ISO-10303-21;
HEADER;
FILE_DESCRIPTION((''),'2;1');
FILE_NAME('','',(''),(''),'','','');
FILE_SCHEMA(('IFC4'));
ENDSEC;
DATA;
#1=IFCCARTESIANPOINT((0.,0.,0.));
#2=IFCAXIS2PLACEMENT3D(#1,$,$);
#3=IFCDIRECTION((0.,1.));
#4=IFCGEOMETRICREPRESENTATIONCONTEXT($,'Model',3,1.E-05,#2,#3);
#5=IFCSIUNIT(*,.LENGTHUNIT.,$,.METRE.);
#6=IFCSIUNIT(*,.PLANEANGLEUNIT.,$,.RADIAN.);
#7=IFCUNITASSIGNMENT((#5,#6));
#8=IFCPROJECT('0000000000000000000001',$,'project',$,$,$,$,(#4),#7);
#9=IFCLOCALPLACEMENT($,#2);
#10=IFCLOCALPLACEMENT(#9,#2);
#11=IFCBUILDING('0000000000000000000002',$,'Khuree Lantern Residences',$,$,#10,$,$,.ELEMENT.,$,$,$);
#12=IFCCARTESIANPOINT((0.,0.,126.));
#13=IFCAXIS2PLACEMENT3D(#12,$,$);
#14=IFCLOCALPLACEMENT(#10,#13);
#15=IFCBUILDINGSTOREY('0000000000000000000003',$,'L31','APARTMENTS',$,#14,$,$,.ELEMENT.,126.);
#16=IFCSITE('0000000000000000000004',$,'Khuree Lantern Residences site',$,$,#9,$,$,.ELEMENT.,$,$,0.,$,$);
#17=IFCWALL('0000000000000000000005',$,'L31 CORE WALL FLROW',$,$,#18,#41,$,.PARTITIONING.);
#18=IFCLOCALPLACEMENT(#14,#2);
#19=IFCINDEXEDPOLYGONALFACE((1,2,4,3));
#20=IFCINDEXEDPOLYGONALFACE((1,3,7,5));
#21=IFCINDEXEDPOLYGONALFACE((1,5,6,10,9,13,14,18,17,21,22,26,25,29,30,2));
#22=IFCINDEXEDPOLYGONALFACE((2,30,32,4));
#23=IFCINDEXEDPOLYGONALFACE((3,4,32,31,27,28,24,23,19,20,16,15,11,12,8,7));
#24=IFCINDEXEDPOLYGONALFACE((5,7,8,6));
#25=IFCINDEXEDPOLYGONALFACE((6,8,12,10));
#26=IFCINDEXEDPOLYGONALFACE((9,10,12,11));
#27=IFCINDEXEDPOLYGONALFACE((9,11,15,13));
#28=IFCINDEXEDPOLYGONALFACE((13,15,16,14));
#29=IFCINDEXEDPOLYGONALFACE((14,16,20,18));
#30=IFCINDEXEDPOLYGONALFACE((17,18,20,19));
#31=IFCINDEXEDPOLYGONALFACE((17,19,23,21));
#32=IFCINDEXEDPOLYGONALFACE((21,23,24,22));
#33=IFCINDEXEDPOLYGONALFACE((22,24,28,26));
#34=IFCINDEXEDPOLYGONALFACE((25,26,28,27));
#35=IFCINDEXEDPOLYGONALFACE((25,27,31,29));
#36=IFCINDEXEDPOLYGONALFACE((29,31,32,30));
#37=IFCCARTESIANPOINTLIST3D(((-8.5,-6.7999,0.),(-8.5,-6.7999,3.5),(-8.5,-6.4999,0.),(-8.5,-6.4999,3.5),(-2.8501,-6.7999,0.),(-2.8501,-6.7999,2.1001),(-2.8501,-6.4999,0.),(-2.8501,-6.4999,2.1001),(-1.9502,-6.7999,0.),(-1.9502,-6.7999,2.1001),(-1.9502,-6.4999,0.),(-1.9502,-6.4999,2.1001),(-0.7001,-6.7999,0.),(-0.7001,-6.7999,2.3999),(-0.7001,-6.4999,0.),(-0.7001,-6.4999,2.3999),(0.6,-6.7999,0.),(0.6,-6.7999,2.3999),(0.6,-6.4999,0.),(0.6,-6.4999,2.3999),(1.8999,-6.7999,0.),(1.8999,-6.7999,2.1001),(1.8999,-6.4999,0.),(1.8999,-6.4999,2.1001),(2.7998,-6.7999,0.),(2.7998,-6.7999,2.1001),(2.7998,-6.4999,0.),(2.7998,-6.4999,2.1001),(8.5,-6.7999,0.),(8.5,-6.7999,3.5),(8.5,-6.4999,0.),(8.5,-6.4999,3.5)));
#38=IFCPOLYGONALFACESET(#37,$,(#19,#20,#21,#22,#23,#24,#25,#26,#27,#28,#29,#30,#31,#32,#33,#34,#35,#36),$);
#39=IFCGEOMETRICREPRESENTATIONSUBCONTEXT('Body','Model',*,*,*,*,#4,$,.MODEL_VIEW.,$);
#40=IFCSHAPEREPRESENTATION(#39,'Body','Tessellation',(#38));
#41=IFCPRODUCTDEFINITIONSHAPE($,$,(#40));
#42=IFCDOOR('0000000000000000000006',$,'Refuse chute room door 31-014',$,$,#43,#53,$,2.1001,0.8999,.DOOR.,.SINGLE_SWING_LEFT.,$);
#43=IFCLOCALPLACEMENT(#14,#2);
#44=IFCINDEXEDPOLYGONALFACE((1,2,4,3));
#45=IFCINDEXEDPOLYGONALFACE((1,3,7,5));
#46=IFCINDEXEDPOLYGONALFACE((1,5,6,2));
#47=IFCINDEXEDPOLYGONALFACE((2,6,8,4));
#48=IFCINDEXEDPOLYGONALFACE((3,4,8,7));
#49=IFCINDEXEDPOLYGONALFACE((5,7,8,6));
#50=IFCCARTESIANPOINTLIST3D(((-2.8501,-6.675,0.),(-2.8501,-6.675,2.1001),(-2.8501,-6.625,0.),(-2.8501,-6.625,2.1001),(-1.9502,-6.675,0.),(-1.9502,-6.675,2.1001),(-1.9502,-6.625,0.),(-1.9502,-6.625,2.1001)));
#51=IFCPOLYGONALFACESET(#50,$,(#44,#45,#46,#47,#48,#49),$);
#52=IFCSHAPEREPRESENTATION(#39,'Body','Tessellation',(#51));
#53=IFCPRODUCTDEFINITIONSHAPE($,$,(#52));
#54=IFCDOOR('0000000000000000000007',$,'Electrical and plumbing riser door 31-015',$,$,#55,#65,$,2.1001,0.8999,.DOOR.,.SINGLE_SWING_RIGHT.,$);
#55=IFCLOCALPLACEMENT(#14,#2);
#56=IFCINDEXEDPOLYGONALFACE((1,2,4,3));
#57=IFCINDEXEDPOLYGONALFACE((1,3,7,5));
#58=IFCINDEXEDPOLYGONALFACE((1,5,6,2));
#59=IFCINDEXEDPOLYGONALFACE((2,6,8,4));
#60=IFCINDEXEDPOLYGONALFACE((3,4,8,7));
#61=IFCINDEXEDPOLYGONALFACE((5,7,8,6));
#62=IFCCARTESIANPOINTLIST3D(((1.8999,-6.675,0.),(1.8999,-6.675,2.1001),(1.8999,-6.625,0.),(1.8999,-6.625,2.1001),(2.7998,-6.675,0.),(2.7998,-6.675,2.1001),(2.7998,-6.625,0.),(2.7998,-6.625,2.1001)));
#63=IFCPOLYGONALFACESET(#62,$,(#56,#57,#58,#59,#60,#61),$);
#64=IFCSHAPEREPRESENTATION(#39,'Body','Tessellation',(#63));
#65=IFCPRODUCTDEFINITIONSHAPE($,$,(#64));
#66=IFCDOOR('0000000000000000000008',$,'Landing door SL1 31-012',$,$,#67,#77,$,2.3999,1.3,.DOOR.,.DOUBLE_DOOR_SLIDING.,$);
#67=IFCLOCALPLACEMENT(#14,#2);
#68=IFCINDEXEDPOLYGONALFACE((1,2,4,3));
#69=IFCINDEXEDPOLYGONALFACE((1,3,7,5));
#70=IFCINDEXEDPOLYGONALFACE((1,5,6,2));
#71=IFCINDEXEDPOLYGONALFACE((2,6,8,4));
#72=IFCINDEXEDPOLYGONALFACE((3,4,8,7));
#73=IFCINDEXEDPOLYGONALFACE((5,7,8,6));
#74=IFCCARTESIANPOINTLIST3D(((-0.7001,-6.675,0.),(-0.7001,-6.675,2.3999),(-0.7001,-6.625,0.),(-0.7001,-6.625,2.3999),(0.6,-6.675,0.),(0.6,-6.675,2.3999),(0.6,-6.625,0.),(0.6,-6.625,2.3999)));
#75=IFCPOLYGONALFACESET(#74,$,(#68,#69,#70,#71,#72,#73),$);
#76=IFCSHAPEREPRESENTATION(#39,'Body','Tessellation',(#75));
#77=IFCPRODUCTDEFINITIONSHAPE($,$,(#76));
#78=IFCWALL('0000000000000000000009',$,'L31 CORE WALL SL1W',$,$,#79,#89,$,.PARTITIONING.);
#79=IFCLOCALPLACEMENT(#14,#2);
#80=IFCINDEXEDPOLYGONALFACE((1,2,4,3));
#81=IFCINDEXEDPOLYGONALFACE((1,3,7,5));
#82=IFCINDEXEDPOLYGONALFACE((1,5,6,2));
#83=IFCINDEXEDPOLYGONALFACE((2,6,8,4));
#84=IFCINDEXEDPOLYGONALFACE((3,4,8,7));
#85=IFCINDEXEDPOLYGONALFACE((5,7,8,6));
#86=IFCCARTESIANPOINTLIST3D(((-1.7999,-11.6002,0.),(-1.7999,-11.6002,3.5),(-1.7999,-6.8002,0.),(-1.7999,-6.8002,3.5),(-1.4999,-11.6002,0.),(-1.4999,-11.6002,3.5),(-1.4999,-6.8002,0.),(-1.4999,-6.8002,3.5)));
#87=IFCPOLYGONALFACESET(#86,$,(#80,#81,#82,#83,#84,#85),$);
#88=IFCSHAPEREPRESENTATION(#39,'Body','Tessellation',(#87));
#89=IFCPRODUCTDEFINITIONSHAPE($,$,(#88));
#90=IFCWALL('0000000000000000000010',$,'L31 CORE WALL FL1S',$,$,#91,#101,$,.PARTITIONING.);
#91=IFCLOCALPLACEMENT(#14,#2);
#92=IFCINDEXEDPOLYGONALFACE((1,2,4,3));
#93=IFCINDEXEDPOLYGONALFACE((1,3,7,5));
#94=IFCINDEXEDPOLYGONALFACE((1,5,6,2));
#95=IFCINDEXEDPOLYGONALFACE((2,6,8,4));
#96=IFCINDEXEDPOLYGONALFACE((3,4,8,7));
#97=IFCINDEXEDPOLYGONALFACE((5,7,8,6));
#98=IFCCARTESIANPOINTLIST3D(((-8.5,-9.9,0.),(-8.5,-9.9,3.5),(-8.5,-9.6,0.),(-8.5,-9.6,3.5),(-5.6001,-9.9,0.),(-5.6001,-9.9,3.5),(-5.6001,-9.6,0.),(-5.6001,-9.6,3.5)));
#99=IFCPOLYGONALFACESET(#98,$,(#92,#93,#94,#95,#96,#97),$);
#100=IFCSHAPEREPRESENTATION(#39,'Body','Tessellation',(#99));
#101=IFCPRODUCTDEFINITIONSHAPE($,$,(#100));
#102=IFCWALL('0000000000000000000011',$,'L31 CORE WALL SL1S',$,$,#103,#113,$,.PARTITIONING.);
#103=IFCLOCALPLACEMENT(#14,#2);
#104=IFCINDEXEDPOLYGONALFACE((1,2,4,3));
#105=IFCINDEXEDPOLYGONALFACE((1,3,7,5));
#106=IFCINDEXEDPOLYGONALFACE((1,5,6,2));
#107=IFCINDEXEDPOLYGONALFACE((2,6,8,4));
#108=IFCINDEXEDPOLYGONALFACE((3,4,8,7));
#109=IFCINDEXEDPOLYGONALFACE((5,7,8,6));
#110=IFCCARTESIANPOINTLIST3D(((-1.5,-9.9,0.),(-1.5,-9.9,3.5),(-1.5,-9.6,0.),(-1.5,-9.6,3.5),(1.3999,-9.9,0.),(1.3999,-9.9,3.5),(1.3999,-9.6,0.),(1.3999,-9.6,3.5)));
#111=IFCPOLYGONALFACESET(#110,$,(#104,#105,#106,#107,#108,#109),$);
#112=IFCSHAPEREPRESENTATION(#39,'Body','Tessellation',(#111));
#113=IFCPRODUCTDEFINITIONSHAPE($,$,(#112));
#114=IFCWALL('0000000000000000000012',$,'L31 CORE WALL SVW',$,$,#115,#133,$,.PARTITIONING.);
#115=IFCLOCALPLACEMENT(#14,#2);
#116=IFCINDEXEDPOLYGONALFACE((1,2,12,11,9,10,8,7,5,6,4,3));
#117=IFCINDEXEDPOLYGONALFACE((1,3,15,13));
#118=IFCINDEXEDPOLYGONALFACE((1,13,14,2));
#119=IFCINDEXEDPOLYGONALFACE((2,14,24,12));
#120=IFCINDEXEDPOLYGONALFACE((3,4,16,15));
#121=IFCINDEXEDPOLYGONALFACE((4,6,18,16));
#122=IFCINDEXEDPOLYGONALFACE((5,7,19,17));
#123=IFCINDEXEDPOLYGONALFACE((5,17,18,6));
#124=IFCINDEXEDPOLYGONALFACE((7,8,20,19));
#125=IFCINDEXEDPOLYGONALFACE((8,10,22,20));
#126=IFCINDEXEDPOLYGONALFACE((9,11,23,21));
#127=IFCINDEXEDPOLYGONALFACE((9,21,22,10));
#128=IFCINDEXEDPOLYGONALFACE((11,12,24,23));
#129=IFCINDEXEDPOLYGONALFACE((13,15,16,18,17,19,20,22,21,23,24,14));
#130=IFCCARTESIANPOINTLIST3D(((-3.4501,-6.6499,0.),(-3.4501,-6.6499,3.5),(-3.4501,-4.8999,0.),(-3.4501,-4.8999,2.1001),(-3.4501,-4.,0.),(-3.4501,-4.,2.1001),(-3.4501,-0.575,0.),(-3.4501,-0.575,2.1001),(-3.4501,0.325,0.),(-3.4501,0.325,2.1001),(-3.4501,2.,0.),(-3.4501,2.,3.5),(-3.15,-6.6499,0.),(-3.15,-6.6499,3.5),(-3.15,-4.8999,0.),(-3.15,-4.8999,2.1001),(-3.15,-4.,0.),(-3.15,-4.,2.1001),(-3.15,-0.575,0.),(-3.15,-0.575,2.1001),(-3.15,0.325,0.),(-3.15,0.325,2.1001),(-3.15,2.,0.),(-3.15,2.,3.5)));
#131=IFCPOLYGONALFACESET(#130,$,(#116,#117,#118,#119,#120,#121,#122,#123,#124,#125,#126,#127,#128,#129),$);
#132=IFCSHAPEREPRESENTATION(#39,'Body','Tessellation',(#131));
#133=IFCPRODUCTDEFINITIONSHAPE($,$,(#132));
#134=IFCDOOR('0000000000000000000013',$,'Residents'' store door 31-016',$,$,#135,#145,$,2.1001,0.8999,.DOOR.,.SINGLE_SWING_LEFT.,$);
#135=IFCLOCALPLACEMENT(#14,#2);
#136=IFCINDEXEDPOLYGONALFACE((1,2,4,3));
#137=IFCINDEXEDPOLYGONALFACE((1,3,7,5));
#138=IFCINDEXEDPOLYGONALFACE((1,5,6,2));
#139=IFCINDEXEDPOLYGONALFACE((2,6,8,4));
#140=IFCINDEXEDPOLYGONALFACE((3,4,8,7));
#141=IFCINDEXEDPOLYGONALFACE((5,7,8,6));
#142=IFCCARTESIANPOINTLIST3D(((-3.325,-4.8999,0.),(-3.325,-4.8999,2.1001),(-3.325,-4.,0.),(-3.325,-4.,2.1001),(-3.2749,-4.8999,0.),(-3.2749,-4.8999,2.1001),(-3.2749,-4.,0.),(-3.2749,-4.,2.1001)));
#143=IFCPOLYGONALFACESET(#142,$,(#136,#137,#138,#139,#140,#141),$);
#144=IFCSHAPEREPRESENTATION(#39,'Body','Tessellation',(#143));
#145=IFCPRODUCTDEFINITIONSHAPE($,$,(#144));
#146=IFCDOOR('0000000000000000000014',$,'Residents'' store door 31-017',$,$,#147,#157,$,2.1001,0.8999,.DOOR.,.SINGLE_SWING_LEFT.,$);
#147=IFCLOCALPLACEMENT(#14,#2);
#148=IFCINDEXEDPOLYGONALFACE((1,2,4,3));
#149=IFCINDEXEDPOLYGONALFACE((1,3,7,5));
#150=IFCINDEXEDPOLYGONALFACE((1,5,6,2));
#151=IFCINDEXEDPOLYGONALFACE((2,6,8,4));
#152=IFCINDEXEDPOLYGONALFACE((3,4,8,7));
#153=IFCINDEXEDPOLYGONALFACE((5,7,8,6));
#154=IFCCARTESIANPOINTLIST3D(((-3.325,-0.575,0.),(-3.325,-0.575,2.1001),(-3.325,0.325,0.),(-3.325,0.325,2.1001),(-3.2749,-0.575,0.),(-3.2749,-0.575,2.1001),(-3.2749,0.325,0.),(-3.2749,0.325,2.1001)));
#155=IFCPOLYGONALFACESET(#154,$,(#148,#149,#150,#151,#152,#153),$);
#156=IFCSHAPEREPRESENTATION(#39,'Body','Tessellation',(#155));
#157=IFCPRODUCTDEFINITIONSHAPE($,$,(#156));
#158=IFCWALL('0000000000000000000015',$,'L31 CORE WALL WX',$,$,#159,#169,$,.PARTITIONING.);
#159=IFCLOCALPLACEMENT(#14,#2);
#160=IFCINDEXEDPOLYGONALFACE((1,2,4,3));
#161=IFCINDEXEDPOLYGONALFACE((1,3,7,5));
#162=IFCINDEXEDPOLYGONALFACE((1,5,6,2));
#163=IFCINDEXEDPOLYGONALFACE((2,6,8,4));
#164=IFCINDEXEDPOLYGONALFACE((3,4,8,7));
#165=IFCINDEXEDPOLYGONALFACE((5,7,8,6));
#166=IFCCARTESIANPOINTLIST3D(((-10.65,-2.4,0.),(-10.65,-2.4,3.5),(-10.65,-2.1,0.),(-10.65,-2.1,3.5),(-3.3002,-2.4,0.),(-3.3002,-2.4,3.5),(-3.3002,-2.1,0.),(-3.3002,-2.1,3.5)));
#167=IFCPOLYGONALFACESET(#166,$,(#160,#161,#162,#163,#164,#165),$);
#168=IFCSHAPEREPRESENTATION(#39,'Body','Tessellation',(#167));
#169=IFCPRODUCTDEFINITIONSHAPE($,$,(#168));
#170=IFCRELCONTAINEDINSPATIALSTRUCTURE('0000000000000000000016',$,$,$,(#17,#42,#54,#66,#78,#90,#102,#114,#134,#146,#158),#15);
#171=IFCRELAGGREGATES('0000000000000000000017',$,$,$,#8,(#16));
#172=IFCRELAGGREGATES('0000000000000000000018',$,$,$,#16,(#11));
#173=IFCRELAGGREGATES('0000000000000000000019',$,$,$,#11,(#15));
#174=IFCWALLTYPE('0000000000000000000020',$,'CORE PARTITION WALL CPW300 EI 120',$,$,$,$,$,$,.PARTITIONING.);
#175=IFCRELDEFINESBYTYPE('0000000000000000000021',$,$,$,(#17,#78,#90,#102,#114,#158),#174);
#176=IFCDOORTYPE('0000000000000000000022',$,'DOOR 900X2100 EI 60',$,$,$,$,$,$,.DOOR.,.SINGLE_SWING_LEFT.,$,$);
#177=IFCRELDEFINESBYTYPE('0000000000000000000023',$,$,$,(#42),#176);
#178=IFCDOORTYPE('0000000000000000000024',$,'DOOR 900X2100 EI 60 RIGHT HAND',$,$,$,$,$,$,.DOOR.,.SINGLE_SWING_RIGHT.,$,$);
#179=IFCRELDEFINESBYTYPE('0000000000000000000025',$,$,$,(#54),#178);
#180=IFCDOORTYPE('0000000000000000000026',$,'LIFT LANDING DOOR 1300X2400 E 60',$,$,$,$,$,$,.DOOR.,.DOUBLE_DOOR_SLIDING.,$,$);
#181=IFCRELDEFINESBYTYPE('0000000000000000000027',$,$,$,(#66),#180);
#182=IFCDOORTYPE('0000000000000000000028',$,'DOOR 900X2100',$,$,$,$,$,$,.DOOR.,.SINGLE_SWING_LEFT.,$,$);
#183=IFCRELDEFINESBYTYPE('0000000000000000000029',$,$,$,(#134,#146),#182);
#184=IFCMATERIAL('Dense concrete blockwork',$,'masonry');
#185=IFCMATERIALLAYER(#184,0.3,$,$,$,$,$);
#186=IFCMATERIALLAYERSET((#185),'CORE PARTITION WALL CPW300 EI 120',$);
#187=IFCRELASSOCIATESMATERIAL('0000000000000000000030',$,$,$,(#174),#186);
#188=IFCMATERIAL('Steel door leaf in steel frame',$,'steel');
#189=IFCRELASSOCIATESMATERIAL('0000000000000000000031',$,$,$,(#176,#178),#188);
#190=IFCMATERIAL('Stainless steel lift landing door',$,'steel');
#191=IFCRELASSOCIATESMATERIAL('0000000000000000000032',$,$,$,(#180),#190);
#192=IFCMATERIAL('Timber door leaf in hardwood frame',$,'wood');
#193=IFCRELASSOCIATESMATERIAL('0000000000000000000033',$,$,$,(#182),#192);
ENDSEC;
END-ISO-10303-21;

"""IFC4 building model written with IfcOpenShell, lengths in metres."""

from ifc_helpers import new_model, si_unit, direction, frame, frame_2d, origin, place, context, subcontext, project, spatial, rectangle, extrude, material, layer, layer_set, type_object, element, fill, save


model = new_model("IFC4")

# Units and contexts
model_context = context("Model", 3, precision=1e-05, world=origin(), true_north=direction((0.0, 1.0)))
body_context = subcontext(model_context, "Body", "Model", "MODEL_VIEW")
ifc_project = project(units=[si_unit("LENGTHUNIT", "METRE"), si_unit("PLANEANGLEUNIT", "RADIAN")], contexts=[model_context])

# Site, building, storey
site_placement = place(None, origin())
site = spatial("IfcSite", under=ifc_project, at=site_placement, Name="Khuree Lantern Residences site", CompositionType="ELEMENT", RefElevation=0.0)
building_placement = place(site_placement, origin())
building = spatial("IfcBuilding", under=site, at=building_placement, Name="Khuree Lantern Residences", CompositionType="ELEMENT")
storey_placement = place(building_placement, frame((0.0, 0.0, 126.0)))
storey = spatial("IfcBuildingStorey", under=building, at=storey_placement, Name="L31", Description="APARTMENTS", CompositionType="ELEMENT", Elevation=126.0)

# Wall, openings, doors
ifc_material_1 = material(Name="Dense concrete blockwork", Category="masonry")
ifc_layer_1 = layer(ifc_material_1, 0.3)
ifc_layer_set_1 = layer_set([ifc_layer_1], Name="CORE PARTITION WALL CPW300 EI 120")
wall_type_1 = type_object("IfcWallType", Name="CORE PARTITION WALL CPW300 EI 120", PredefinedType="PARTITIONING", material=ifc_layer_set_1)
wall_1_placement = place(storey_placement, frame((-8.5, -6.6499, 0.0), z_axis=(0.0, 0.0, 1.0), x_axis=(1.0, 0.0, 0.0)))
wall_1 = element("IfcWall", 1, at=wall_1_placement, inside=storey, type_object=wall_type_1, Name="L31 CORE WALL FLROW", PredefinedType="PARTITIONING", context=body_context, shape_type="SweptSolid", body=[
    extrude(rectangle(XDim=17.0, YDim=0.3, at=frame_2d((8.5, 0.0))), origin(), (0.0, 0.0, 1.0), 3.5),
])
opening_1_placement = place(wall_1_placement, frame((7.8, 0.0, 0.0)))
opening_1 = element("IfcOpeningElement", 2, at=opening_1_placement, cuts=wall_1, PredefinedType="OPENING", context=body_context, shape_type="SweptSolid", body=[
    extrude(rectangle(XDim=1.3, YDim=2.3999, at=frame_2d((0.6499, 1.2))), frame((0.0, 0.1602, 0.0), z_axis=(0.0, -1.0, 0.0), x_axis=(1.0, 0.0, 0.0)), (0.0, 0.0, 1.0), 0.3201),
])
opening_2_placement = place(wall_1_placement, frame((5.6499, 0.0, 0.0)))
opening_2 = element("IfcOpeningElement", 3, at=opening_2_placement, cuts=wall_1, PredefinedType="OPENING", context=body_context, shape_type="SweptSolid", body=[
    extrude(rectangle(XDim=0.8999, YDim=2.1001, at=frame_2d((0.45, 1.05))), frame((0.0, 0.1602, 0.0), z_axis=(0.0, -1.0, 0.0), x_axis=(1.0, 0.0, 0.0)), (0.0, 0.0, 1.0), 0.3201),
])
opening_3_placement = place(wall_1_placement, frame((10.3999, 0.0, 0.0)))
opening_3 = element("IfcOpeningElement", 4, at=opening_3_placement, cuts=wall_1, PredefinedType="OPENING", context=body_context, shape_type="SweptSolid", body=[
    extrude(rectangle(XDim=0.8999, YDim=2.1001, at=frame_2d((0.45, 1.05))), frame((0.0, 0.1602, 0.0), z_axis=(0.0, -1.0, 0.0), x_axis=(1.0, 0.0, 0.0)), (0.0, 0.0, 1.0), 0.3201),
])
ifc_material_2 = material(Name="Steel door leaf in steel frame", Category="steel")
door_type_1 = type_object("IfcDoorType", Name="DOOR 900X2100 EI 60", OperationType="SINGLE_SWING_LEFT", PredefinedType="DOOR", material=ifc_material_2)
door_1_placement = place(opening_2_placement, origin())
door_1 = element("IfcDoor", 5, at=door_1_placement, inside=storey, type_object=door_type_1, Name="Refuse chute room door 31-014", OperationType="SINGLE_SWING_LEFT", OverallHeight=2.1001, OverallWidth=0.8999, PredefinedType="DOOR", context=body_context, shape_type="SweptSolid", body=[
    extrude(rectangle(XDim=0.8999, YDim=2.1001, at=frame_2d((0.45, 1.05))), frame((0.0, 0.0249, 0.0), z_axis=(0.0, -1.0, 0.0), x_axis=(1.0, 0.0, 0.0)), (0.0, 0.0, 1.0), 0.05),
])
fill(opening_2, door_1)
door_type_2 = type_object("IfcDoorType", Name="DOOR 900X2100 EI 60 RIGHT HAND", OperationType="SINGLE_SWING_RIGHT", PredefinedType="DOOR", material=ifc_material_2)
door_2_placement = place(opening_3_placement, origin())
door_2 = element("IfcDoor", 6, at=door_2_placement, inside=storey, type_object=door_type_2, Name="Electrical and plumbing riser door 31-015", OperationType="SINGLE_SWING_RIGHT", OverallHeight=2.1001, OverallWidth=0.8999, PredefinedType="DOOR", context=body_context, shape_type="SweptSolid", body=[
    extrude(rectangle(XDim=0.8999, YDim=2.1001, at=frame_2d((0.45, 1.05))), frame((0.0, 0.0249, 0.0), z_axis=(0.0, -1.0, 0.0), x_axis=(1.0, 0.0, 0.0)), (0.0, 0.0, 1.0), 0.05),
])
fill(opening_3, door_2)
ifc_material_3 = material(Name="Stainless steel lift landing door", Category="steel")
door_type_3 = type_object("IfcDoorType", Name="LIFT LANDING DOOR 1300X2400 E 60", OperationType="DOUBLE_DOOR_SLIDING", PredefinedType="DOOR", material=ifc_material_3)
door_3_placement = place(opening_1_placement, origin())
door_3 = element("IfcDoor", 7, at=door_3_placement, inside=storey, type_object=door_type_3, Name="Landing door SL1 31-012", OperationType="DOUBLE_DOOR_SLIDING", OverallHeight=2.3999, OverallWidth=1.3, PredefinedType="DOOR", context=body_context, shape_type="SweptSolid", body=[
    extrude(rectangle(XDim=1.3, YDim=2.3999, at=frame_2d((0.6499, 1.2))), frame((0.0, 0.0249, 0.0), z_axis=(0.0, -1.0, 0.0), x_axis=(1.0, 0.0, 0.0)), (0.0, 0.0, 1.0), 0.05),
])
fill(opening_1, door_3)

# Walls
wall_2_placement = place(storey_placement, frame((-1.6499, -11.6001, 0.0), z_axis=(0.0, 0.0, 1.0), x_axis=(0.0, 1.0, 0.0)))
element("IfcWall", 8, at=wall_2_placement, inside=storey, type_object=wall_type_1, Name="L31 CORE WALL SL1W", PredefinedType="PARTITIONING", context=body_context, shape_type="SweptSolid", body=[
    extrude(rectangle(XDim=4.8, YDim=0.3, at=frame_2d((2.3999, 0.0))), origin(), (0.0, 0.0, 1.0), 3.5),
])
for number, where, z_axis, x_axis, name in (
    (9, (-8.5, -9.75, 0.0), (0.0, 0.0, 1.0), (1.0, 0.0, 0.0), "L31 CORE WALL FL1S"),
    (10, (-1.5, -9.75, 0.0), (0.0, 0.0, 1.0), (1.0, 0.0, 0.0), "L31 CORE WALL SL1S"),
):
    element("IfcWall", number, at=place(storey_placement, frame(where, z_axis=z_axis, x_axis=x_axis)), inside=storey, type_object=wall_type_1, Name=name, PredefinedType="PARTITIONING", context=body_context, shape_type="SweptSolid", body=[
        extrude(rectangle(XDim=2.8999, YDim=0.3, at=frame_2d((1.45, 0.0))), origin(), (0.0, 0.0, 1.0), 3.5),
    ])

# Wall, openings, doors
wall_3_placement = place(storey_placement, frame((-3.3, -6.6499, 0.0), z_axis=(0.0, 0.0, 1.0), x_axis=(0.0, 1.0, 0.0)))
wall_3 = element("IfcWall", 11, at=wall_3_placement, inside=storey, type_object=wall_type_1, Name="L31 CORE WALL SVW", PredefinedType="PARTITIONING", context=body_context, shape_type="SweptSolid", body=[
    extrude(rectangle(XDim=8.6499, YDim=0.3, at=frame_2d((4.325, 0.0))), origin(), (0.0, 0.0, 1.0), 3.5),
])
opening_4_placement = place(wall_3_placement, frame((1.75, 0.0, 0.0)))
opening_4 = element("IfcOpeningElement", 12, at=opening_4_placement, cuts=wall_3, PredefinedType="OPENING", context=body_context, shape_type="SweptSolid", body=[
    extrude(rectangle(XDim=0.8999, YDim=2.1001, at=frame_2d((0.45, 1.05))), frame((0.0, 0.1602, 0.0), z_axis=(0.0, -1.0, 0.0), x_axis=(1.0, 0.0, 0.0)), (0.0, 0.0, 1.0), 0.3201),
])
opening_5_placement = place(wall_3_placement, frame((6.075, 0.0, 0.0)))
opening_5 = element("IfcOpeningElement", 13, at=opening_5_placement, cuts=wall_3, PredefinedType="OPENING", context=body_context, shape_type="SweptSolid", body=[
    extrude(rectangle(XDim=0.8999, YDim=2.1001, at=frame_2d((0.45, 1.05))), frame((0.0, 0.1602, 0.0), z_axis=(0.0, -1.0, 0.0), x_axis=(1.0, 0.0, 0.0)), (0.0, 0.0, 1.0), 0.3201),
])
ifc_material_4 = material(Name="Timber door leaf in hardwood frame", Category="wood")
door_type_4 = type_object("IfcDoorType", Name="DOOR 900X2100", OperationType="SINGLE_SWING_LEFT", PredefinedType="DOOR", material=ifc_material_4)
door_4_placement = place(opening_4_placement, origin())
door_4 = element("IfcDoor", 14, at=door_4_placement, inside=storey, type_object=door_type_4, Name="Residents' store door 31-016", OperationType="SINGLE_SWING_LEFT", OverallHeight=2.1001, OverallWidth=0.8999, PredefinedType="DOOR", context=body_context, shape_type="SweptSolid", body=[
    extrude(rectangle(XDim=0.8999, YDim=2.1001, at=frame_2d((0.45, 1.05))), frame((0.0, 0.0249, 0.0), z_axis=(0.0, -1.0, 0.0), x_axis=(1.0, 0.0, 0.0)), (0.0, 0.0, 1.0), 0.05),
])
fill(opening_4, door_4)
door_5_placement = place(opening_5_placement, origin())
door_5 = element("IfcDoor", 15, at=door_5_placement, inside=storey, type_object=door_type_4, Name="Residents' store door 31-017", OperationType="SINGLE_SWING_LEFT", OverallHeight=2.1001, OverallWidth=0.8999, PredefinedType="DOOR", context=body_context, shape_type="SweptSolid", body=[
    extrude(rectangle(XDim=0.8999, YDim=2.1001, at=frame_2d((0.45, 1.05))), frame((0.0, 0.0249, 0.0), z_axis=(0.0, -1.0, 0.0), x_axis=(1.0, 0.0, 0.0)), (0.0, 0.0, 1.0), 0.05),
])
fill(opening_5, door_5)

# Wall
wall_4_placement = place(storey_placement, frame((-10.6499, -2.25, 0.0), z_axis=(0.0, 0.0, 1.0), x_axis=(1.0, 0.0, 0.0)))
element("IfcWall", 16, at=wall_4_placement, inside=storey, type_object=wall_type_1, Name="L31 CORE WALL WX", PredefinedType="PARTITIONING", context=body_context, shape_type="SweptSolid", body=[
    extrude(rectangle(XDim=7.3499, YDim=0.3, at=frame_2d((3.6748, 0.0))), origin(), (0.0, 0.0, 1.0), 3.5),
])

save(model, "model.ifc")
